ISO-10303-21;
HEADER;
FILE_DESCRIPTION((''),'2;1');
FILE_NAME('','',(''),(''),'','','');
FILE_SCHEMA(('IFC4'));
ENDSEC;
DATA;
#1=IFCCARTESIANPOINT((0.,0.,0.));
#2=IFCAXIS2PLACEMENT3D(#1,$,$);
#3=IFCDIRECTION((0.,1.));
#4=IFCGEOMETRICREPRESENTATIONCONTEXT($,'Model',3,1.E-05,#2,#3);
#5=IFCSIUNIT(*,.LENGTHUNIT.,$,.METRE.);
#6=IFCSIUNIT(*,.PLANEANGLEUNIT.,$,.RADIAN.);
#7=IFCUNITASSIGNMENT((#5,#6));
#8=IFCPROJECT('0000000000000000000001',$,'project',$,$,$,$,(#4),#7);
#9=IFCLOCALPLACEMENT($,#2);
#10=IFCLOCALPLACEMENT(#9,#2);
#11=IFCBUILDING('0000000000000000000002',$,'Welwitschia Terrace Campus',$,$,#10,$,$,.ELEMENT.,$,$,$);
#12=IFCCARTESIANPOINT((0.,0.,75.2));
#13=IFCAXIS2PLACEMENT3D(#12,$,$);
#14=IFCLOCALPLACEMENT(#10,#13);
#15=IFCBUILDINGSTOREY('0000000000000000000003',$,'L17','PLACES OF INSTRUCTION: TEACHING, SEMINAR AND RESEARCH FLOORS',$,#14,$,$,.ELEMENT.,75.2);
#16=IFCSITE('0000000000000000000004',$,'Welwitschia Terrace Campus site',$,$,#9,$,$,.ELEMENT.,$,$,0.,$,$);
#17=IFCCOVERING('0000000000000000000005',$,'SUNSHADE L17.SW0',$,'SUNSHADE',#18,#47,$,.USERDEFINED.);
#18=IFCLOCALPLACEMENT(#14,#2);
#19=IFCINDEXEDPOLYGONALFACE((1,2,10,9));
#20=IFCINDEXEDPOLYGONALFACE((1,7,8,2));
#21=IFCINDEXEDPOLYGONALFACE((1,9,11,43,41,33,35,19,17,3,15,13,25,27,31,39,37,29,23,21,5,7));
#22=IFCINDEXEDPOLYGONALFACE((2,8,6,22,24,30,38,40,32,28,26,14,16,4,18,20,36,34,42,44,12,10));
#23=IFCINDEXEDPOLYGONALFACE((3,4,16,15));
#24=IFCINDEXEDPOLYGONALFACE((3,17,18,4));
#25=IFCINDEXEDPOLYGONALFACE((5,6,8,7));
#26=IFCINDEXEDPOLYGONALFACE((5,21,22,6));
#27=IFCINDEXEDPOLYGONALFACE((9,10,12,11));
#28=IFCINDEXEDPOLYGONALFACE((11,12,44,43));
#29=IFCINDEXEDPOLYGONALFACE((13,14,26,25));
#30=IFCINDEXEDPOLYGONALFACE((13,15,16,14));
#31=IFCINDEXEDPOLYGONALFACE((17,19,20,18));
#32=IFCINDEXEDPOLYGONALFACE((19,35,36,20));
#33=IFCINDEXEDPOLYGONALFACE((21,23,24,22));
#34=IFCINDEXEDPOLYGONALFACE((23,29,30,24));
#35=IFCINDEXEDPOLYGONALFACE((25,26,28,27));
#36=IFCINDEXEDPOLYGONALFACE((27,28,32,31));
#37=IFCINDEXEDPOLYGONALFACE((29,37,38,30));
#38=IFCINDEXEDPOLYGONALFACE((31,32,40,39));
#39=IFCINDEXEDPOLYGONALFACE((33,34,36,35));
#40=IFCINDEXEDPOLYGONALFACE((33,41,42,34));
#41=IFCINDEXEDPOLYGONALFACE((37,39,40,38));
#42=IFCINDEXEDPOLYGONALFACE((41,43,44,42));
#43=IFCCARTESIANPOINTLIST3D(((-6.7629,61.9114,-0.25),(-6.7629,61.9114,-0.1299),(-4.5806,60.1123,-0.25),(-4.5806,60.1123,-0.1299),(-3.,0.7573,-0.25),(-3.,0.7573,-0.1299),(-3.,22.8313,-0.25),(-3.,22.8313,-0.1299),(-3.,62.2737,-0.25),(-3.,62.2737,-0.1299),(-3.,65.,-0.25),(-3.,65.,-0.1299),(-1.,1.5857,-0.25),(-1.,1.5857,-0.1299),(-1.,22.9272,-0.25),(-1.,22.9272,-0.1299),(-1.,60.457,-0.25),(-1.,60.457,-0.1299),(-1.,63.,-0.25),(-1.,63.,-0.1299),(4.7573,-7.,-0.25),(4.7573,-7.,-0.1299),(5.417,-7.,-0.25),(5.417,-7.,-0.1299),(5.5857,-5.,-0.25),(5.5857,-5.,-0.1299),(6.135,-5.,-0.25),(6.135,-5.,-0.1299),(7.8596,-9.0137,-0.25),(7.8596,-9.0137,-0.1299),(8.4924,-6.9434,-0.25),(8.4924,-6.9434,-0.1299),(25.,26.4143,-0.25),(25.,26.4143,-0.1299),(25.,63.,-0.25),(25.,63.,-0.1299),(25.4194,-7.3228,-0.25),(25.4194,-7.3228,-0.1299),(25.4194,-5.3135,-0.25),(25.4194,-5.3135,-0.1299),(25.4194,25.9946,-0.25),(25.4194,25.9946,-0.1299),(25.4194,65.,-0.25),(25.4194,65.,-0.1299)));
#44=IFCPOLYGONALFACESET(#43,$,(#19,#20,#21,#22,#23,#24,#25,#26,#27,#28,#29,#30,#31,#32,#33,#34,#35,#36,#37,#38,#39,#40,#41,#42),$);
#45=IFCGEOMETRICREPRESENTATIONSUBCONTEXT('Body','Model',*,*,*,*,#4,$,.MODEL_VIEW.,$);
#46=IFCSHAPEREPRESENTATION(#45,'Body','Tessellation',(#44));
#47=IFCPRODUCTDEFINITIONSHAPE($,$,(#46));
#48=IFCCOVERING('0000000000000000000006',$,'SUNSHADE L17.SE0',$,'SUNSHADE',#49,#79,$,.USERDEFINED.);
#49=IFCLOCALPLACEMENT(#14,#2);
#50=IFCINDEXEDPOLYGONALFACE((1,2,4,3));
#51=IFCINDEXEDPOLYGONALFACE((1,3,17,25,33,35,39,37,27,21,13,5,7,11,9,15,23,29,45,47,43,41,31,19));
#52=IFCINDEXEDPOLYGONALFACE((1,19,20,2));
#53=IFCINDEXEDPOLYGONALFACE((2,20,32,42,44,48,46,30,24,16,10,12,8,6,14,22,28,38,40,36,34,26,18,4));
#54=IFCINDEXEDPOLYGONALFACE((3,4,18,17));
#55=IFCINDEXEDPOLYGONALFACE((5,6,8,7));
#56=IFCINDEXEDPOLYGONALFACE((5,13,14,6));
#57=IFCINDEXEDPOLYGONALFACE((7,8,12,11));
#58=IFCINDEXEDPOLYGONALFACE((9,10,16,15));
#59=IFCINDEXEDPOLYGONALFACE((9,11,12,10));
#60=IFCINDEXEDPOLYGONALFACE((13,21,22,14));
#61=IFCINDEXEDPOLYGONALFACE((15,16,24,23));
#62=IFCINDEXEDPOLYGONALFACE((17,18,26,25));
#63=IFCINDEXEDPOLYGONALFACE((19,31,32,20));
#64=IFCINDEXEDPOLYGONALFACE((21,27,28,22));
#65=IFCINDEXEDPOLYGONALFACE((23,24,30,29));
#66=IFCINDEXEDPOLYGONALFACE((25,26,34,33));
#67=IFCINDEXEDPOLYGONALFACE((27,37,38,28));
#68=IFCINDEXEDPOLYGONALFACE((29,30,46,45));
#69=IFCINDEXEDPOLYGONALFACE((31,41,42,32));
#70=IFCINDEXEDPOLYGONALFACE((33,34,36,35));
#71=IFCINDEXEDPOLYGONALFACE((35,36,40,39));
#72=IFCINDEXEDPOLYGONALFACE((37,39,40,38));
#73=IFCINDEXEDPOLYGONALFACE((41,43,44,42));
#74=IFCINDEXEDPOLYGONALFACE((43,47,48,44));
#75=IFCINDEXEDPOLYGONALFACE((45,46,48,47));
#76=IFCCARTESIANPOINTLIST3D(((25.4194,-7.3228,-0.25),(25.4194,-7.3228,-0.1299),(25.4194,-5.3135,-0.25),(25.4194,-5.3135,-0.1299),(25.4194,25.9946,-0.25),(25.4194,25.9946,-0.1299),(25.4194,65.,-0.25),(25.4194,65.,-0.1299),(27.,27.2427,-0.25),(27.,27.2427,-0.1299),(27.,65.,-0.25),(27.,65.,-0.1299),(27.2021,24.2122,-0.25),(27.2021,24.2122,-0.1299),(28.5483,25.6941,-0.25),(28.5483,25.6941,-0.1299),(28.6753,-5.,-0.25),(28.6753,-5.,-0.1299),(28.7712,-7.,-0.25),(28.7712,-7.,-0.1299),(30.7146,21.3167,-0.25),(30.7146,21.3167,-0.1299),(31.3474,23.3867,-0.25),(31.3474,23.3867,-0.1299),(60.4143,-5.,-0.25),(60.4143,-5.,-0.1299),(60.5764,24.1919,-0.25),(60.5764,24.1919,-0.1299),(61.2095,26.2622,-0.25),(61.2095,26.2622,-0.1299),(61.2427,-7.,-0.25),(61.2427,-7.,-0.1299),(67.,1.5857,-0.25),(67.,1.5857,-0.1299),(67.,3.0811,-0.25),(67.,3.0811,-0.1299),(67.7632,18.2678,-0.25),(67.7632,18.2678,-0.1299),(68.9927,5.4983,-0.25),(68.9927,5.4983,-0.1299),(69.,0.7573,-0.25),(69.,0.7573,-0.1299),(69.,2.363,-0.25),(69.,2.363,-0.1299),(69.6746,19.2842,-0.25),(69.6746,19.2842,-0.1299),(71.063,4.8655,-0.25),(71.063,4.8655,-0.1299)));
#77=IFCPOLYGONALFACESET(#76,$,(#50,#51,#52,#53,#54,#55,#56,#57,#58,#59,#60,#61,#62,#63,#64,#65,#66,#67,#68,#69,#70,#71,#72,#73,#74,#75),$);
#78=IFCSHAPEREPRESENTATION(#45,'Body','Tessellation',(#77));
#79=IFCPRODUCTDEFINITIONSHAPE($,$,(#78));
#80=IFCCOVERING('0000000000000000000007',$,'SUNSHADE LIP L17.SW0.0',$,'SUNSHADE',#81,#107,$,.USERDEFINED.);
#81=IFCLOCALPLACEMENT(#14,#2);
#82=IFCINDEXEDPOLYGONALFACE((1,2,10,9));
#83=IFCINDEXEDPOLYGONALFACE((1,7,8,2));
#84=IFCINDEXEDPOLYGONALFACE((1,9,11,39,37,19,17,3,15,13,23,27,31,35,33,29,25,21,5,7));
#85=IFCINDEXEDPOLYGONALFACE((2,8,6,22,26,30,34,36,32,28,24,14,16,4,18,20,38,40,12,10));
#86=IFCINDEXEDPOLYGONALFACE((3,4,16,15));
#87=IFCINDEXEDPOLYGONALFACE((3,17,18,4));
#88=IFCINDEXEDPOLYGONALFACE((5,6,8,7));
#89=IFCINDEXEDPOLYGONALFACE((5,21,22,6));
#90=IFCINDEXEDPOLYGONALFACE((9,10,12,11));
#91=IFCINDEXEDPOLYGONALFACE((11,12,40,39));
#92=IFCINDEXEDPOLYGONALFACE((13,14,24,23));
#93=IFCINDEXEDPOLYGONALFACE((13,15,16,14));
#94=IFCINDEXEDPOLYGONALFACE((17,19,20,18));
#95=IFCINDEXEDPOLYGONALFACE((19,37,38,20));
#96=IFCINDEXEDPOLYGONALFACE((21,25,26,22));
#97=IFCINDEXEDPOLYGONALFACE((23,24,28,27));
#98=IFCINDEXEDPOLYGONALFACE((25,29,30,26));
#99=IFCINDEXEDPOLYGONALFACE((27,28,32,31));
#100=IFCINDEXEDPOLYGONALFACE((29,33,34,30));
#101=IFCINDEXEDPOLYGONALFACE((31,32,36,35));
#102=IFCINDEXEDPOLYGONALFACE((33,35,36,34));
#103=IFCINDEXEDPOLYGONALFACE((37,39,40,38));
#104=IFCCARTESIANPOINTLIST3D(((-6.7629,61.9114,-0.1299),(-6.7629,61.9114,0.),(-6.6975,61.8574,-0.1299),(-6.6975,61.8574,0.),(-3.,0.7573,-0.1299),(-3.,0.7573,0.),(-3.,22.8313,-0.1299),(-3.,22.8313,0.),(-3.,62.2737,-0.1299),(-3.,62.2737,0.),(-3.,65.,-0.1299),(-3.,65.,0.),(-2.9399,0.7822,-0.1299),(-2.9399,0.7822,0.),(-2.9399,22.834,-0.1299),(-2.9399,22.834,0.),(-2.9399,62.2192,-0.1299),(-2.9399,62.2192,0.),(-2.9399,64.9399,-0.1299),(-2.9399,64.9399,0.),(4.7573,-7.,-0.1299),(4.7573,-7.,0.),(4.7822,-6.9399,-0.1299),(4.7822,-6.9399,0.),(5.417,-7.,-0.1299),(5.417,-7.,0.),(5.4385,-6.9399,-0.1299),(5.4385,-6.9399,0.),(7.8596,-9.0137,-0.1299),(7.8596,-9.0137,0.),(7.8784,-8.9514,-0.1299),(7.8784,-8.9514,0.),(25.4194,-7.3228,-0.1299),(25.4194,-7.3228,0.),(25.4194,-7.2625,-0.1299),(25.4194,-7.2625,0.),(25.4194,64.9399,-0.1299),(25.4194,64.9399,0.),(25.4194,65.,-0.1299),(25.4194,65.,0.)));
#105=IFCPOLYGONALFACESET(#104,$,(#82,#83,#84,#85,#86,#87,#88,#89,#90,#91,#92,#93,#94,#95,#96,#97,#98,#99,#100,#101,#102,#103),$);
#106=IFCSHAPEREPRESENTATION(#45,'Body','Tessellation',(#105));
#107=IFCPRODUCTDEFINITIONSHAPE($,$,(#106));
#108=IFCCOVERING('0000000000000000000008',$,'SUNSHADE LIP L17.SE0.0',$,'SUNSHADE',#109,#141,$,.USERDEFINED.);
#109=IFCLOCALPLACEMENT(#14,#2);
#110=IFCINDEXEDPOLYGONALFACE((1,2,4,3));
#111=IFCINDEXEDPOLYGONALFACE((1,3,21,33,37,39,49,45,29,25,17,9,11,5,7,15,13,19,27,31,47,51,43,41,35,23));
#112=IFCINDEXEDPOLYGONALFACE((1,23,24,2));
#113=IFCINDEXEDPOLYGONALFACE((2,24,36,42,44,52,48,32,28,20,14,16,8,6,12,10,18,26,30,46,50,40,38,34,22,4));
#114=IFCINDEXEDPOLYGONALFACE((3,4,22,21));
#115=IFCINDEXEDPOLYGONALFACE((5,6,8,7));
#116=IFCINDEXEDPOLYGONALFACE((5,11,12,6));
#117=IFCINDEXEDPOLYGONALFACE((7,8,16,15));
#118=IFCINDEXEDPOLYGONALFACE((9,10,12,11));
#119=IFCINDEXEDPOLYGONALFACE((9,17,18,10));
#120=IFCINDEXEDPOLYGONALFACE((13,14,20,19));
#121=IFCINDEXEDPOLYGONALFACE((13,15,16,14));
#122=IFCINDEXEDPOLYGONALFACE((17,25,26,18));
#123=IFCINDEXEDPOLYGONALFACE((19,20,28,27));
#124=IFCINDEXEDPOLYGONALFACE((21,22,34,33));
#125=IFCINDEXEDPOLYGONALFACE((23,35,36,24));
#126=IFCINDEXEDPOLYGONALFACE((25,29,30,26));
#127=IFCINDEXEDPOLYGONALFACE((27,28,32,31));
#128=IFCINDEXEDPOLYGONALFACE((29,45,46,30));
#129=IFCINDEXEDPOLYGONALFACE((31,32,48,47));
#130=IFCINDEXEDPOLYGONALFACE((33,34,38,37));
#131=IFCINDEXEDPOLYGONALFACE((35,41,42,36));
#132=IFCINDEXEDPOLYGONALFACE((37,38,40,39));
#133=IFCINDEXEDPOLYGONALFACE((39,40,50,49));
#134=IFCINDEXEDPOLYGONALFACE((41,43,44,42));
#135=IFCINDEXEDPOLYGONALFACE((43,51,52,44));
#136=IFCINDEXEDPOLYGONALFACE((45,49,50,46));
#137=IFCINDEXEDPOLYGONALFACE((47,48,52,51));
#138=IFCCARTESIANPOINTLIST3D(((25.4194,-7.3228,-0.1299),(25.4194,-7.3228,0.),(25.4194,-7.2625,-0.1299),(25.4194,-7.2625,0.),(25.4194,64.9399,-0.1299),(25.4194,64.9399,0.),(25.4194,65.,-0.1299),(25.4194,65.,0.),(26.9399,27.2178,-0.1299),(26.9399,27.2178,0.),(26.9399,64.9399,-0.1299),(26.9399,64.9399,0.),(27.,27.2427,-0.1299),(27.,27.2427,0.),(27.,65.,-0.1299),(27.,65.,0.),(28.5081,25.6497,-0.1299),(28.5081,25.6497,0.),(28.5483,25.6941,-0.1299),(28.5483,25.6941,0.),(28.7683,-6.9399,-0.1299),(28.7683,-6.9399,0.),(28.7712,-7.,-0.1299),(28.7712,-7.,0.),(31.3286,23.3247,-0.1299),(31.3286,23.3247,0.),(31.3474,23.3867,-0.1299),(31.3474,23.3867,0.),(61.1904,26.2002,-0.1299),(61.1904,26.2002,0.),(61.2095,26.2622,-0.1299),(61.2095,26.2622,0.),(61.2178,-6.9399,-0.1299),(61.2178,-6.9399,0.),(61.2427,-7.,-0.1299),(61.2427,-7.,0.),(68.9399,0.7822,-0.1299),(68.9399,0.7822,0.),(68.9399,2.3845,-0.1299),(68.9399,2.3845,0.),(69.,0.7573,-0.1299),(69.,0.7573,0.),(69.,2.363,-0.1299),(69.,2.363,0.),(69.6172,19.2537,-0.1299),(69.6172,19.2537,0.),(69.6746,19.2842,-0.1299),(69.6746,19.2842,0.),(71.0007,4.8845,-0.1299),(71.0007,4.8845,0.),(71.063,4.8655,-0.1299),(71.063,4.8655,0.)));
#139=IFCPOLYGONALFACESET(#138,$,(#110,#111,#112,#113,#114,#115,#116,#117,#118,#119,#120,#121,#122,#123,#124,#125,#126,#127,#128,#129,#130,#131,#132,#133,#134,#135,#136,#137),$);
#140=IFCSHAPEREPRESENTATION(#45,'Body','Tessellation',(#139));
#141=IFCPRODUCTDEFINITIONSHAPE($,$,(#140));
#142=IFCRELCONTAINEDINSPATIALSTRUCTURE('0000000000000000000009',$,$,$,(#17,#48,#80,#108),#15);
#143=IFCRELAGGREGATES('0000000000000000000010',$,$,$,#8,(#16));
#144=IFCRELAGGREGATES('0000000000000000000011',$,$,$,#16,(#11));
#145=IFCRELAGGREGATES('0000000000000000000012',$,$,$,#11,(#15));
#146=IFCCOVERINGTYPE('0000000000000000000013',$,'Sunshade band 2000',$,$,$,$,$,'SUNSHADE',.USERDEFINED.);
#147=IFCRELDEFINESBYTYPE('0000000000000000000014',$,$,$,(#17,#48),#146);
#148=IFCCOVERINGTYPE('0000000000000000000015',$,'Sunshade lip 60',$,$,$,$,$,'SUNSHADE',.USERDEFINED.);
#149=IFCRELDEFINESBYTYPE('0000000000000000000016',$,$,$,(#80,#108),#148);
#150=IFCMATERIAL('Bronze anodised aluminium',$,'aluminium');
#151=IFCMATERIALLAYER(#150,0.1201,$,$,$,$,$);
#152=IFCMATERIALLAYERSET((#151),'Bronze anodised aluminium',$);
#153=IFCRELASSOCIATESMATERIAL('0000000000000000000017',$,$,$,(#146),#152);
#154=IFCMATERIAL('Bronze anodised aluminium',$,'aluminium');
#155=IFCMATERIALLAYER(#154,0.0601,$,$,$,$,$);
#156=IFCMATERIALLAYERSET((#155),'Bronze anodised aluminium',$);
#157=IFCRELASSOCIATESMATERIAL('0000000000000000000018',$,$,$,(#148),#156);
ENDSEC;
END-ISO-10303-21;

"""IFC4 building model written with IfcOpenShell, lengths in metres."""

from ifc_helpers import new_model, si_unit, direction, frame, origin, place, context, subcontext, project, spatial, polyline, outline, extrude, material, layer, layer_set, type_object, element, save


model = new_model("IFC4")

# Units and contexts
model_context = context("Model", 3, precision=1e-05, world=origin(), true_north=direction((0.0, 1.0)))
body_context = subcontext(model_context, "Body", "Model", "MODEL_VIEW")
ifc_project = project(units=[si_unit("LENGTHUNIT", "METRE"), si_unit("PLANEANGLEUNIT", "RADIAN")], contexts=[model_context])

# Site, building, storey
site_placement = place(None, origin())
site = spatial("IfcSite", under=ifc_project, at=site_placement, Name="Welwitschia Terrace Campus site", CompositionType="ELEMENT", RefElevation=0.0)
building_placement = place(site_placement, origin())
building = spatial("IfcBuilding", under=site, at=building_placement, Name="Welwitschia Terrace Campus", CompositionType="ELEMENT")
storey_placement = place(building_placement, frame((0.0, 0.0, 75.2)))
storey = spatial("IfcBuildingStorey", under=building, at=storey_placement, Name="L17", Description="PLACES OF INSTRUCTION: TEACHING, SEMINAR AND RESEARCH FLOORS", CompositionType="ELEMENT", Elevation=75.2)

# Coverings
ifc_material_1 = material(Name="Bronze anodised aluminium", Category="aluminium")
ifc_layer_1 = layer(ifc_material_1, 0.1201)
ifc_layer_set_1 = layer_set([ifc_layer_1], Name="Bronze anodised aluminium")
covering_type_1 = type_object("IfcCoveringType", Name="Sunshade band 2000", ElementType="SUNSHADE", PredefinedType="USERDEFINED", material=ifc_layer_set_1)
covering_1_placement = place(storey_placement, frame((0.0, 0.0, -0.25)))
element("IfcCovering", 1, at=covering_1_placement, inside=storey, type_object=covering_type_1, Name="SUNSHADE L17.SW0", ObjectType="SUNSHADE", PredefinedType="USERDEFINED", context=body_context, shape_type="SweptSolid", body=[
    extrude(outline(polyline([(-6.7629, 61.9114), (-3.0, 62.2737), (-3.0, 65.0), (25.4194, 65.0), (25.4194, 25.9946), (25.0, 26.4143), (25.0, 63.0), (-1.0, 63.0), (-1.0, 60.457), (-4.5806, 60.1123), (-1.0, 22.9272), (-1.0, 1.5857), (5.5857, -5.0), (6.135, -5.0), (8.4924, -6.9434), (25.4194, -5.3135), (25.4194, -7.3228), (7.8596, -9.0137), (5.417, -7.0), (4.7573, -7.0), (-3.0, 0.7573), (-3.0, 22.8313), (-6.7629, 61.9114)])), origin(), (0.0, 0.0, 1.0), 0.1201),
])
covering_2_placement = place(storey_placement, frame((0.0, 0.0, -0.25)))
element("IfcCovering", 2, at=covering_2_placement, inside=storey, type_object=covering_type_1, Name="SUNSHADE L17.SE0", ObjectType="SUNSHADE", PredefinedType="USERDEFINED", context=body_context, shape_type="SweptSolid", body=[
    extrude(outline(polyline([(27.0, 65.0), (27.0, 27.2427), (28.5483, 25.6941), (31.3474, 23.3867), (61.2095, 26.2622), (69.6746, 19.2842), (71.063, 4.8655), (69.0, 2.363), (69.0, 0.7573), (61.2427, -7.0), (28.7712, -7.0), (25.4194, -7.3228), (25.4194, -5.3135), (28.6753, -5.0), (60.4143, -5.0), (67.0, 1.5857), (67.0, 3.0811), (68.9927, 5.4983), (67.7632, 18.2678), (60.5764, 24.1919), (30.7146, 21.3167), (27.2021, 24.2122), (25.4194, 25.9946), (25.4194, 65.0), (27.0, 65.0)])), origin(), (0.0, 0.0, 1.0), 0.1201),
])
ifc_material_2 = material(Name="Bronze anodised aluminium", Category="aluminium")
ifc_layer_2 = layer(ifc_material_2, 0.0601)
ifc_layer_set_2 = layer_set([ifc_layer_2], Name="Bronze anodised aluminium")
covering_type_2 = type_object("IfcCoveringType", Name="Sunshade lip 60", ElementType="SUNSHADE", PredefinedType="USERDEFINED", material=ifc_layer_set_2)
covering_3_placement = place(storey_placement, frame((0.0, 0.0, -0.1299)))
element("IfcCovering", 3, at=covering_3_placement, inside=storey, type_object=covering_type_2, Name="SUNSHADE LIP L17.SW0.0", ObjectType="SUNSHADE", PredefinedType="USERDEFINED", context=body_context, shape_type="SweptSolid", body=[
    extrude(outline(polyline([(-3.0, 62.2737), (-3.0, 65.0), (25.4194, 65.0), (25.4194, 64.9399), (-2.9399, 64.9399), (-2.9399, 62.2192), (-6.6975, 61.8574), (-2.9399, 22.834), (-2.9399, 0.7822), (4.7822, -6.9399), (5.4385, -6.9399), (7.8784, -8.9514), (25.4194, -7.2625), (25.4194, -7.3228), (7.8596, -9.0137), (5.417, -7.0), (4.7573, -7.0), (-3.0, 0.7573), (-3.0, 22.8313), (-6.7629, 61.9114), (-3.0, 62.2737)])), origin(), (0.0, 0.0, 1.0), 0.1299),
])
covering_4_placement = place(storey_placement, frame((0.0, 0.0, -0.1299)))
element("IfcCovering", 4, at=covering_4_placement, inside=storey, type_object=covering_type_2, Name="SUNSHADE LIP L17.SE0.0", ObjectType="SUNSHADE", PredefinedType="USERDEFINED", context=body_context, shape_type="SweptSolid", body=[
    extrude(outline(polyline([(27.0, 27.2427), (28.5483, 25.6941), (31.3474, 23.3867), (61.2095, 26.2622), (69.6746, 19.2842), (71.063, 4.8655), (69.0, 2.363), (69.0, 0.7573), (61.2427, -7.0), (28.7712, -7.0), (25.4194, -7.3228), (25.4194, -7.2625), (28.7683, -6.9399), (61.2178, -6.9399), (68.9399, 0.7822), (68.9399, 2.3845), (71.0007, 4.8845), (69.6172, 19.2537), (61.1904, 26.2002), (31.3286, 23.3247), (28.5081, 25.6497), (26.9399, 27.2178), (26.9399, 64.9399), (25.4194, 64.9399), (25.4194, 65.0), (27.0, 65.0), (27.0, 27.2427)])), origin(), (0.0, 0.0, 1.0), 0.1299),
])

save(model, "model.ifc")
